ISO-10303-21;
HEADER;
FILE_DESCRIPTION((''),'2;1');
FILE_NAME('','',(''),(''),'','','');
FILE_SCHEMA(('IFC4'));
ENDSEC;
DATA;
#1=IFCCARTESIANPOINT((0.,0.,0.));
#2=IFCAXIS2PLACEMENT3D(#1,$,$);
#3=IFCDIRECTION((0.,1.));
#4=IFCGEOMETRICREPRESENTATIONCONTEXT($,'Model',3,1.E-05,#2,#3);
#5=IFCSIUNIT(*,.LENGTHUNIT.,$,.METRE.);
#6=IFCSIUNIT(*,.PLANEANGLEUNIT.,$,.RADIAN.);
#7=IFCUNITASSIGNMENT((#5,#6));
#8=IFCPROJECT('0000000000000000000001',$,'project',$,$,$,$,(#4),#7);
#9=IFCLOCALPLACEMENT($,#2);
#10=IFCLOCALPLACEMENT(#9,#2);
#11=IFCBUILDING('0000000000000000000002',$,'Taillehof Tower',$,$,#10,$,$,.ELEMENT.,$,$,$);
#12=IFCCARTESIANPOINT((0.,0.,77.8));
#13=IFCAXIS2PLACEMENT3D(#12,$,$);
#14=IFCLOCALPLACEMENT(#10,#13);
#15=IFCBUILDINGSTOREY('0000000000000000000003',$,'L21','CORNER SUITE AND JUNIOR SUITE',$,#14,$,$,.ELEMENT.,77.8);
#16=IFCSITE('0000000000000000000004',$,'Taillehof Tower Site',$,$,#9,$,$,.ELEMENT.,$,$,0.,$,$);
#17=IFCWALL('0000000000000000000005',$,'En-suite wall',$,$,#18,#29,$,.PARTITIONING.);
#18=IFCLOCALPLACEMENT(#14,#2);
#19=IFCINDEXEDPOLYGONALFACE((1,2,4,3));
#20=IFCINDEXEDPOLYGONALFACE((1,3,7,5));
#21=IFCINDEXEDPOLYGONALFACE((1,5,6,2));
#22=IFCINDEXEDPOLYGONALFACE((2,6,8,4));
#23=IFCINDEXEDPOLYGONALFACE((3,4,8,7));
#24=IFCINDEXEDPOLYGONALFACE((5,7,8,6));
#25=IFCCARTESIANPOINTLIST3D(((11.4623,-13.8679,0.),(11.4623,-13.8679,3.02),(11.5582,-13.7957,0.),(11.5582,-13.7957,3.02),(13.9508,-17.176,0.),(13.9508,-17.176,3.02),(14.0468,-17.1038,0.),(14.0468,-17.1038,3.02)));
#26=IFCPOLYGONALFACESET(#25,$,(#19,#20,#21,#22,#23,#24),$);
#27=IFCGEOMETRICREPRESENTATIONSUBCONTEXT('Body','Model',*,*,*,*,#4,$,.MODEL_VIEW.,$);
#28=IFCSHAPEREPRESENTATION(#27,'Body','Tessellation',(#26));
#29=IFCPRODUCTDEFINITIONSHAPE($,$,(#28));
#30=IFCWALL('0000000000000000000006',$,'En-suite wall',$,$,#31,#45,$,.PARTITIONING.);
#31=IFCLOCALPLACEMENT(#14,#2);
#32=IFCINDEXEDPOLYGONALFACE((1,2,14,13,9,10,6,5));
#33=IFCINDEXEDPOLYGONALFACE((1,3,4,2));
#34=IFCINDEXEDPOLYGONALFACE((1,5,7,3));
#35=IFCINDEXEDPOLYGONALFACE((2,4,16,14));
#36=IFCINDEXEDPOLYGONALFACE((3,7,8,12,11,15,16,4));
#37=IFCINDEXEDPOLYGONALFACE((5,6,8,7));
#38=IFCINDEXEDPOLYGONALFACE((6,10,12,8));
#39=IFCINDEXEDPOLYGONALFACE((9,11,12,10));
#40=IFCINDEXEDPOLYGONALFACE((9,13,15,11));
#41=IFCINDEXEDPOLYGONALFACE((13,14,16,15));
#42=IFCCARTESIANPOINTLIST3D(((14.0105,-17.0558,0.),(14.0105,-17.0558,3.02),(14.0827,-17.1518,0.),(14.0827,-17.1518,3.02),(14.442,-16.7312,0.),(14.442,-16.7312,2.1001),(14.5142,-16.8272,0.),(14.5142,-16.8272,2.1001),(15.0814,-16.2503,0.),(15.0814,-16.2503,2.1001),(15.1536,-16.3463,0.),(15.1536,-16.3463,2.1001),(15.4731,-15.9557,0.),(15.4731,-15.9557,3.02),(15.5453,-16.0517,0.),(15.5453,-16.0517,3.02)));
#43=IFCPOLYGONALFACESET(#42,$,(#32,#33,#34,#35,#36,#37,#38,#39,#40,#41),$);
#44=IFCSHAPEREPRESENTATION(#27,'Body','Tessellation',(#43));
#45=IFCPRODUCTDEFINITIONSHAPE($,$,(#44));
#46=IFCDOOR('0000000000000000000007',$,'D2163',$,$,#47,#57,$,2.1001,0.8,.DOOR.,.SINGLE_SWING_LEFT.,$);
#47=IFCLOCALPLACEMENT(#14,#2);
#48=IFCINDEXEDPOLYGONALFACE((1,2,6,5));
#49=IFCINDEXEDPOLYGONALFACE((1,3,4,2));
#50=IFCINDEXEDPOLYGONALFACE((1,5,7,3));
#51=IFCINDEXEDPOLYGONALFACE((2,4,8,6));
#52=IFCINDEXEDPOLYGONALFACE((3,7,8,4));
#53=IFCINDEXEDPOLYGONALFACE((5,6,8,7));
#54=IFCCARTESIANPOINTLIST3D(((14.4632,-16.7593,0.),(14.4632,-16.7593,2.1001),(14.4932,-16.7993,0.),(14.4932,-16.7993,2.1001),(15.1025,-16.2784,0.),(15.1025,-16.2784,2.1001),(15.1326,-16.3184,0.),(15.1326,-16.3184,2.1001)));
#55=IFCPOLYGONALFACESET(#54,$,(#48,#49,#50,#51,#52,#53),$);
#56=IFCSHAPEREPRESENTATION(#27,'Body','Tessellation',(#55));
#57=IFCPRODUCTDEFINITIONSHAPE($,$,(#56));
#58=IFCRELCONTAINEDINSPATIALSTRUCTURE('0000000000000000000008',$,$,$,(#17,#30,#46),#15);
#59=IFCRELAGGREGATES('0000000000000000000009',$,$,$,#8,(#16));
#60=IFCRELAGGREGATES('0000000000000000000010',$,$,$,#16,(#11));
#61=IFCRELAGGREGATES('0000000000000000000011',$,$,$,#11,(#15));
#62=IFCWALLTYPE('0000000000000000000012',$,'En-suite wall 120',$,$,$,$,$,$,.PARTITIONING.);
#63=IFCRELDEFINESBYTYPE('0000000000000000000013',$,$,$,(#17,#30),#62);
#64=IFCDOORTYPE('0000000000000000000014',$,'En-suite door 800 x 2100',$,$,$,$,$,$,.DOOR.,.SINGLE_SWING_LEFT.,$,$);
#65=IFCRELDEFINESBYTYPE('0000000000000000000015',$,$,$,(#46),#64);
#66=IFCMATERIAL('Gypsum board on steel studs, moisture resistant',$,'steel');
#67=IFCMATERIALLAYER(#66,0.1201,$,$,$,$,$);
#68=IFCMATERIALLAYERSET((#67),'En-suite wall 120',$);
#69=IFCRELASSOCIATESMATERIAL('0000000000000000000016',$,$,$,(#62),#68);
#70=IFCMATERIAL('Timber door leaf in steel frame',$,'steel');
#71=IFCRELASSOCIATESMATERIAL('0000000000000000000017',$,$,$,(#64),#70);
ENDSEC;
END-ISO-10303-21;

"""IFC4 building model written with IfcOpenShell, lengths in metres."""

from ifc_helpers import new_model, si_unit, direction, frame, frame_2d, origin, place, context, subcontext, project, spatial, rectangle, extrude, material, layer, layer_set, type_object, element, fill, save


model = new_model("IFC4")

# Units and contexts
model_context = context("Model", 3, precision=1e-05, world=origin(), true_north=direction((0.0, 1.0)))
body_context = subcontext(model_context, "Body", "Model", "MODEL_VIEW")
ifc_project = project(units=[si_unit("LENGTHUNIT", "METRE"), si_unit("PLANEANGLEUNIT", "RADIAN")], contexts=[model_context])

# Site, building, storey
site_placement = place(None, origin())
site = spatial("IfcSite", under=ifc_project, at=site_placement, Name="Taillehof Tower Site", CompositionType="ELEMENT", RefElevation=0.0)
building_placement = place(site_placement, origin())
building = spatial("IfcBuilding", under=site, at=building_placement, Name="Taillehof Tower", CompositionType="ELEMENT")
storey_placement = place(building_placement, frame((0.0, 0.0, 77.8)))
storey = spatial("IfcBuildingStorey", under=building, at=storey_placement, Name="L21", Description="CORNER SUITE AND JUNIOR SUITE", CompositionType="ELEMENT", Elevation=77.8)

# Wall
ifc_material_1 = material(Name="Gypsum board on steel studs, moisture resistant", Category="steel")
ifc_layer_1 = layer(ifc_material_1, 0.1201)
ifc_layer_set_1 = layer_set([ifc_layer_1], Name="En-suite wall 120")
wall_type_1 = type_object("IfcWallType", Name="En-suite wall 120", PredefinedType="PARTITIONING", material=ifc_layer_set_1)
wall_1_placement = place(storey_placement, frame((11.5103, -13.8318, 0.0), z_axis=(0.0, 0.0, 1.0), x_axis=(0.601151, -0.799136, 0.0)))
element("IfcWall", 1, at=wall_1_placement, inside=storey, type_object=wall_type_1, Name="En-suite wall", PredefinedType="PARTITIONING", context=body_context, shape_type="SweptSolid", body=[
    extrude(rectangle(XDim=4.1396, YDim=0.1201, at=frame_2d((2.0698, 0.0))), origin(), (0.0, 0.0, 1.0), 3.02),
])

# Wall, opening, door
wall_2_placement = place(storey_placement, frame((14.0466, -17.1038, 0.0), z_axis=(0.0, 0.0, 1.0), x_axis=(0.799183, 0.601088, 0.0)))
wall_2 = element("IfcWall", 2, at=wall_2_placement, inside=storey, type_object=wall_type_1, Name="En-suite wall", PredefinedType="PARTITIONING", context=body_context, shape_type="SweptSolid", body=[
    extrude(rectangle(XDim=1.8301, YDim=0.1201, at=frame_2d((0.915, 0.0))), origin(), (0.0, 0.0, 1.0), 3.02),
])
opening_1_placement = place(wall_2_placement, frame((0.54, 0.0, 0.0)))
opening_1 = element("IfcOpeningElement", 3, at=opening_1_placement, cuts=wall_2, PredefinedType="OPENING", context=body_context, shape_type="SweptSolid", body=[
    extrude(rectangle(XDim=0.8, YDim=2.1001, at=frame_2d((0.3999, 1.05))), frame((0.0, 0.0701, 0.0), z_axis=(0.0, -1.0, 0.0), x_axis=(1.0, 0.0, 0.0)), (0.0, 0.0, 1.0), 0.1401),
])
ifc_material_2 = material(Name="Timber door leaf in steel frame", Category="steel")
door_type_1 = type_object("IfcDoorType", Name="En-suite door 800 x 2100", OperationType="SINGLE_SWING_LEFT", PredefinedType="DOOR", material=ifc_material_2)
door_1_placement = place(opening_1_placement, origin())
door_1 = element("IfcDoor", 4, at=door_1_placement, inside=storey, type_object=door_type_1, Name="D2163", OperationType="SINGLE_SWING_LEFT", OverallHeight=2.1001, OverallWidth=0.8, PredefinedType="DOOR", context=body_context, shape_type="SweptSolid", body=[
    extrude(rectangle(XDim=0.8, YDim=2.1001, at=frame_2d((0.3999, 1.05))), frame((0.0, 0.0249, 0.0), z_axis=(0.0, -1.0, 0.0), x_axis=(1.0, 0.0, 0.0)), (0.0, 0.0, 1.0), 0.05),
])
fill(opening_1, door_1)

save(model, "model.ifc")
